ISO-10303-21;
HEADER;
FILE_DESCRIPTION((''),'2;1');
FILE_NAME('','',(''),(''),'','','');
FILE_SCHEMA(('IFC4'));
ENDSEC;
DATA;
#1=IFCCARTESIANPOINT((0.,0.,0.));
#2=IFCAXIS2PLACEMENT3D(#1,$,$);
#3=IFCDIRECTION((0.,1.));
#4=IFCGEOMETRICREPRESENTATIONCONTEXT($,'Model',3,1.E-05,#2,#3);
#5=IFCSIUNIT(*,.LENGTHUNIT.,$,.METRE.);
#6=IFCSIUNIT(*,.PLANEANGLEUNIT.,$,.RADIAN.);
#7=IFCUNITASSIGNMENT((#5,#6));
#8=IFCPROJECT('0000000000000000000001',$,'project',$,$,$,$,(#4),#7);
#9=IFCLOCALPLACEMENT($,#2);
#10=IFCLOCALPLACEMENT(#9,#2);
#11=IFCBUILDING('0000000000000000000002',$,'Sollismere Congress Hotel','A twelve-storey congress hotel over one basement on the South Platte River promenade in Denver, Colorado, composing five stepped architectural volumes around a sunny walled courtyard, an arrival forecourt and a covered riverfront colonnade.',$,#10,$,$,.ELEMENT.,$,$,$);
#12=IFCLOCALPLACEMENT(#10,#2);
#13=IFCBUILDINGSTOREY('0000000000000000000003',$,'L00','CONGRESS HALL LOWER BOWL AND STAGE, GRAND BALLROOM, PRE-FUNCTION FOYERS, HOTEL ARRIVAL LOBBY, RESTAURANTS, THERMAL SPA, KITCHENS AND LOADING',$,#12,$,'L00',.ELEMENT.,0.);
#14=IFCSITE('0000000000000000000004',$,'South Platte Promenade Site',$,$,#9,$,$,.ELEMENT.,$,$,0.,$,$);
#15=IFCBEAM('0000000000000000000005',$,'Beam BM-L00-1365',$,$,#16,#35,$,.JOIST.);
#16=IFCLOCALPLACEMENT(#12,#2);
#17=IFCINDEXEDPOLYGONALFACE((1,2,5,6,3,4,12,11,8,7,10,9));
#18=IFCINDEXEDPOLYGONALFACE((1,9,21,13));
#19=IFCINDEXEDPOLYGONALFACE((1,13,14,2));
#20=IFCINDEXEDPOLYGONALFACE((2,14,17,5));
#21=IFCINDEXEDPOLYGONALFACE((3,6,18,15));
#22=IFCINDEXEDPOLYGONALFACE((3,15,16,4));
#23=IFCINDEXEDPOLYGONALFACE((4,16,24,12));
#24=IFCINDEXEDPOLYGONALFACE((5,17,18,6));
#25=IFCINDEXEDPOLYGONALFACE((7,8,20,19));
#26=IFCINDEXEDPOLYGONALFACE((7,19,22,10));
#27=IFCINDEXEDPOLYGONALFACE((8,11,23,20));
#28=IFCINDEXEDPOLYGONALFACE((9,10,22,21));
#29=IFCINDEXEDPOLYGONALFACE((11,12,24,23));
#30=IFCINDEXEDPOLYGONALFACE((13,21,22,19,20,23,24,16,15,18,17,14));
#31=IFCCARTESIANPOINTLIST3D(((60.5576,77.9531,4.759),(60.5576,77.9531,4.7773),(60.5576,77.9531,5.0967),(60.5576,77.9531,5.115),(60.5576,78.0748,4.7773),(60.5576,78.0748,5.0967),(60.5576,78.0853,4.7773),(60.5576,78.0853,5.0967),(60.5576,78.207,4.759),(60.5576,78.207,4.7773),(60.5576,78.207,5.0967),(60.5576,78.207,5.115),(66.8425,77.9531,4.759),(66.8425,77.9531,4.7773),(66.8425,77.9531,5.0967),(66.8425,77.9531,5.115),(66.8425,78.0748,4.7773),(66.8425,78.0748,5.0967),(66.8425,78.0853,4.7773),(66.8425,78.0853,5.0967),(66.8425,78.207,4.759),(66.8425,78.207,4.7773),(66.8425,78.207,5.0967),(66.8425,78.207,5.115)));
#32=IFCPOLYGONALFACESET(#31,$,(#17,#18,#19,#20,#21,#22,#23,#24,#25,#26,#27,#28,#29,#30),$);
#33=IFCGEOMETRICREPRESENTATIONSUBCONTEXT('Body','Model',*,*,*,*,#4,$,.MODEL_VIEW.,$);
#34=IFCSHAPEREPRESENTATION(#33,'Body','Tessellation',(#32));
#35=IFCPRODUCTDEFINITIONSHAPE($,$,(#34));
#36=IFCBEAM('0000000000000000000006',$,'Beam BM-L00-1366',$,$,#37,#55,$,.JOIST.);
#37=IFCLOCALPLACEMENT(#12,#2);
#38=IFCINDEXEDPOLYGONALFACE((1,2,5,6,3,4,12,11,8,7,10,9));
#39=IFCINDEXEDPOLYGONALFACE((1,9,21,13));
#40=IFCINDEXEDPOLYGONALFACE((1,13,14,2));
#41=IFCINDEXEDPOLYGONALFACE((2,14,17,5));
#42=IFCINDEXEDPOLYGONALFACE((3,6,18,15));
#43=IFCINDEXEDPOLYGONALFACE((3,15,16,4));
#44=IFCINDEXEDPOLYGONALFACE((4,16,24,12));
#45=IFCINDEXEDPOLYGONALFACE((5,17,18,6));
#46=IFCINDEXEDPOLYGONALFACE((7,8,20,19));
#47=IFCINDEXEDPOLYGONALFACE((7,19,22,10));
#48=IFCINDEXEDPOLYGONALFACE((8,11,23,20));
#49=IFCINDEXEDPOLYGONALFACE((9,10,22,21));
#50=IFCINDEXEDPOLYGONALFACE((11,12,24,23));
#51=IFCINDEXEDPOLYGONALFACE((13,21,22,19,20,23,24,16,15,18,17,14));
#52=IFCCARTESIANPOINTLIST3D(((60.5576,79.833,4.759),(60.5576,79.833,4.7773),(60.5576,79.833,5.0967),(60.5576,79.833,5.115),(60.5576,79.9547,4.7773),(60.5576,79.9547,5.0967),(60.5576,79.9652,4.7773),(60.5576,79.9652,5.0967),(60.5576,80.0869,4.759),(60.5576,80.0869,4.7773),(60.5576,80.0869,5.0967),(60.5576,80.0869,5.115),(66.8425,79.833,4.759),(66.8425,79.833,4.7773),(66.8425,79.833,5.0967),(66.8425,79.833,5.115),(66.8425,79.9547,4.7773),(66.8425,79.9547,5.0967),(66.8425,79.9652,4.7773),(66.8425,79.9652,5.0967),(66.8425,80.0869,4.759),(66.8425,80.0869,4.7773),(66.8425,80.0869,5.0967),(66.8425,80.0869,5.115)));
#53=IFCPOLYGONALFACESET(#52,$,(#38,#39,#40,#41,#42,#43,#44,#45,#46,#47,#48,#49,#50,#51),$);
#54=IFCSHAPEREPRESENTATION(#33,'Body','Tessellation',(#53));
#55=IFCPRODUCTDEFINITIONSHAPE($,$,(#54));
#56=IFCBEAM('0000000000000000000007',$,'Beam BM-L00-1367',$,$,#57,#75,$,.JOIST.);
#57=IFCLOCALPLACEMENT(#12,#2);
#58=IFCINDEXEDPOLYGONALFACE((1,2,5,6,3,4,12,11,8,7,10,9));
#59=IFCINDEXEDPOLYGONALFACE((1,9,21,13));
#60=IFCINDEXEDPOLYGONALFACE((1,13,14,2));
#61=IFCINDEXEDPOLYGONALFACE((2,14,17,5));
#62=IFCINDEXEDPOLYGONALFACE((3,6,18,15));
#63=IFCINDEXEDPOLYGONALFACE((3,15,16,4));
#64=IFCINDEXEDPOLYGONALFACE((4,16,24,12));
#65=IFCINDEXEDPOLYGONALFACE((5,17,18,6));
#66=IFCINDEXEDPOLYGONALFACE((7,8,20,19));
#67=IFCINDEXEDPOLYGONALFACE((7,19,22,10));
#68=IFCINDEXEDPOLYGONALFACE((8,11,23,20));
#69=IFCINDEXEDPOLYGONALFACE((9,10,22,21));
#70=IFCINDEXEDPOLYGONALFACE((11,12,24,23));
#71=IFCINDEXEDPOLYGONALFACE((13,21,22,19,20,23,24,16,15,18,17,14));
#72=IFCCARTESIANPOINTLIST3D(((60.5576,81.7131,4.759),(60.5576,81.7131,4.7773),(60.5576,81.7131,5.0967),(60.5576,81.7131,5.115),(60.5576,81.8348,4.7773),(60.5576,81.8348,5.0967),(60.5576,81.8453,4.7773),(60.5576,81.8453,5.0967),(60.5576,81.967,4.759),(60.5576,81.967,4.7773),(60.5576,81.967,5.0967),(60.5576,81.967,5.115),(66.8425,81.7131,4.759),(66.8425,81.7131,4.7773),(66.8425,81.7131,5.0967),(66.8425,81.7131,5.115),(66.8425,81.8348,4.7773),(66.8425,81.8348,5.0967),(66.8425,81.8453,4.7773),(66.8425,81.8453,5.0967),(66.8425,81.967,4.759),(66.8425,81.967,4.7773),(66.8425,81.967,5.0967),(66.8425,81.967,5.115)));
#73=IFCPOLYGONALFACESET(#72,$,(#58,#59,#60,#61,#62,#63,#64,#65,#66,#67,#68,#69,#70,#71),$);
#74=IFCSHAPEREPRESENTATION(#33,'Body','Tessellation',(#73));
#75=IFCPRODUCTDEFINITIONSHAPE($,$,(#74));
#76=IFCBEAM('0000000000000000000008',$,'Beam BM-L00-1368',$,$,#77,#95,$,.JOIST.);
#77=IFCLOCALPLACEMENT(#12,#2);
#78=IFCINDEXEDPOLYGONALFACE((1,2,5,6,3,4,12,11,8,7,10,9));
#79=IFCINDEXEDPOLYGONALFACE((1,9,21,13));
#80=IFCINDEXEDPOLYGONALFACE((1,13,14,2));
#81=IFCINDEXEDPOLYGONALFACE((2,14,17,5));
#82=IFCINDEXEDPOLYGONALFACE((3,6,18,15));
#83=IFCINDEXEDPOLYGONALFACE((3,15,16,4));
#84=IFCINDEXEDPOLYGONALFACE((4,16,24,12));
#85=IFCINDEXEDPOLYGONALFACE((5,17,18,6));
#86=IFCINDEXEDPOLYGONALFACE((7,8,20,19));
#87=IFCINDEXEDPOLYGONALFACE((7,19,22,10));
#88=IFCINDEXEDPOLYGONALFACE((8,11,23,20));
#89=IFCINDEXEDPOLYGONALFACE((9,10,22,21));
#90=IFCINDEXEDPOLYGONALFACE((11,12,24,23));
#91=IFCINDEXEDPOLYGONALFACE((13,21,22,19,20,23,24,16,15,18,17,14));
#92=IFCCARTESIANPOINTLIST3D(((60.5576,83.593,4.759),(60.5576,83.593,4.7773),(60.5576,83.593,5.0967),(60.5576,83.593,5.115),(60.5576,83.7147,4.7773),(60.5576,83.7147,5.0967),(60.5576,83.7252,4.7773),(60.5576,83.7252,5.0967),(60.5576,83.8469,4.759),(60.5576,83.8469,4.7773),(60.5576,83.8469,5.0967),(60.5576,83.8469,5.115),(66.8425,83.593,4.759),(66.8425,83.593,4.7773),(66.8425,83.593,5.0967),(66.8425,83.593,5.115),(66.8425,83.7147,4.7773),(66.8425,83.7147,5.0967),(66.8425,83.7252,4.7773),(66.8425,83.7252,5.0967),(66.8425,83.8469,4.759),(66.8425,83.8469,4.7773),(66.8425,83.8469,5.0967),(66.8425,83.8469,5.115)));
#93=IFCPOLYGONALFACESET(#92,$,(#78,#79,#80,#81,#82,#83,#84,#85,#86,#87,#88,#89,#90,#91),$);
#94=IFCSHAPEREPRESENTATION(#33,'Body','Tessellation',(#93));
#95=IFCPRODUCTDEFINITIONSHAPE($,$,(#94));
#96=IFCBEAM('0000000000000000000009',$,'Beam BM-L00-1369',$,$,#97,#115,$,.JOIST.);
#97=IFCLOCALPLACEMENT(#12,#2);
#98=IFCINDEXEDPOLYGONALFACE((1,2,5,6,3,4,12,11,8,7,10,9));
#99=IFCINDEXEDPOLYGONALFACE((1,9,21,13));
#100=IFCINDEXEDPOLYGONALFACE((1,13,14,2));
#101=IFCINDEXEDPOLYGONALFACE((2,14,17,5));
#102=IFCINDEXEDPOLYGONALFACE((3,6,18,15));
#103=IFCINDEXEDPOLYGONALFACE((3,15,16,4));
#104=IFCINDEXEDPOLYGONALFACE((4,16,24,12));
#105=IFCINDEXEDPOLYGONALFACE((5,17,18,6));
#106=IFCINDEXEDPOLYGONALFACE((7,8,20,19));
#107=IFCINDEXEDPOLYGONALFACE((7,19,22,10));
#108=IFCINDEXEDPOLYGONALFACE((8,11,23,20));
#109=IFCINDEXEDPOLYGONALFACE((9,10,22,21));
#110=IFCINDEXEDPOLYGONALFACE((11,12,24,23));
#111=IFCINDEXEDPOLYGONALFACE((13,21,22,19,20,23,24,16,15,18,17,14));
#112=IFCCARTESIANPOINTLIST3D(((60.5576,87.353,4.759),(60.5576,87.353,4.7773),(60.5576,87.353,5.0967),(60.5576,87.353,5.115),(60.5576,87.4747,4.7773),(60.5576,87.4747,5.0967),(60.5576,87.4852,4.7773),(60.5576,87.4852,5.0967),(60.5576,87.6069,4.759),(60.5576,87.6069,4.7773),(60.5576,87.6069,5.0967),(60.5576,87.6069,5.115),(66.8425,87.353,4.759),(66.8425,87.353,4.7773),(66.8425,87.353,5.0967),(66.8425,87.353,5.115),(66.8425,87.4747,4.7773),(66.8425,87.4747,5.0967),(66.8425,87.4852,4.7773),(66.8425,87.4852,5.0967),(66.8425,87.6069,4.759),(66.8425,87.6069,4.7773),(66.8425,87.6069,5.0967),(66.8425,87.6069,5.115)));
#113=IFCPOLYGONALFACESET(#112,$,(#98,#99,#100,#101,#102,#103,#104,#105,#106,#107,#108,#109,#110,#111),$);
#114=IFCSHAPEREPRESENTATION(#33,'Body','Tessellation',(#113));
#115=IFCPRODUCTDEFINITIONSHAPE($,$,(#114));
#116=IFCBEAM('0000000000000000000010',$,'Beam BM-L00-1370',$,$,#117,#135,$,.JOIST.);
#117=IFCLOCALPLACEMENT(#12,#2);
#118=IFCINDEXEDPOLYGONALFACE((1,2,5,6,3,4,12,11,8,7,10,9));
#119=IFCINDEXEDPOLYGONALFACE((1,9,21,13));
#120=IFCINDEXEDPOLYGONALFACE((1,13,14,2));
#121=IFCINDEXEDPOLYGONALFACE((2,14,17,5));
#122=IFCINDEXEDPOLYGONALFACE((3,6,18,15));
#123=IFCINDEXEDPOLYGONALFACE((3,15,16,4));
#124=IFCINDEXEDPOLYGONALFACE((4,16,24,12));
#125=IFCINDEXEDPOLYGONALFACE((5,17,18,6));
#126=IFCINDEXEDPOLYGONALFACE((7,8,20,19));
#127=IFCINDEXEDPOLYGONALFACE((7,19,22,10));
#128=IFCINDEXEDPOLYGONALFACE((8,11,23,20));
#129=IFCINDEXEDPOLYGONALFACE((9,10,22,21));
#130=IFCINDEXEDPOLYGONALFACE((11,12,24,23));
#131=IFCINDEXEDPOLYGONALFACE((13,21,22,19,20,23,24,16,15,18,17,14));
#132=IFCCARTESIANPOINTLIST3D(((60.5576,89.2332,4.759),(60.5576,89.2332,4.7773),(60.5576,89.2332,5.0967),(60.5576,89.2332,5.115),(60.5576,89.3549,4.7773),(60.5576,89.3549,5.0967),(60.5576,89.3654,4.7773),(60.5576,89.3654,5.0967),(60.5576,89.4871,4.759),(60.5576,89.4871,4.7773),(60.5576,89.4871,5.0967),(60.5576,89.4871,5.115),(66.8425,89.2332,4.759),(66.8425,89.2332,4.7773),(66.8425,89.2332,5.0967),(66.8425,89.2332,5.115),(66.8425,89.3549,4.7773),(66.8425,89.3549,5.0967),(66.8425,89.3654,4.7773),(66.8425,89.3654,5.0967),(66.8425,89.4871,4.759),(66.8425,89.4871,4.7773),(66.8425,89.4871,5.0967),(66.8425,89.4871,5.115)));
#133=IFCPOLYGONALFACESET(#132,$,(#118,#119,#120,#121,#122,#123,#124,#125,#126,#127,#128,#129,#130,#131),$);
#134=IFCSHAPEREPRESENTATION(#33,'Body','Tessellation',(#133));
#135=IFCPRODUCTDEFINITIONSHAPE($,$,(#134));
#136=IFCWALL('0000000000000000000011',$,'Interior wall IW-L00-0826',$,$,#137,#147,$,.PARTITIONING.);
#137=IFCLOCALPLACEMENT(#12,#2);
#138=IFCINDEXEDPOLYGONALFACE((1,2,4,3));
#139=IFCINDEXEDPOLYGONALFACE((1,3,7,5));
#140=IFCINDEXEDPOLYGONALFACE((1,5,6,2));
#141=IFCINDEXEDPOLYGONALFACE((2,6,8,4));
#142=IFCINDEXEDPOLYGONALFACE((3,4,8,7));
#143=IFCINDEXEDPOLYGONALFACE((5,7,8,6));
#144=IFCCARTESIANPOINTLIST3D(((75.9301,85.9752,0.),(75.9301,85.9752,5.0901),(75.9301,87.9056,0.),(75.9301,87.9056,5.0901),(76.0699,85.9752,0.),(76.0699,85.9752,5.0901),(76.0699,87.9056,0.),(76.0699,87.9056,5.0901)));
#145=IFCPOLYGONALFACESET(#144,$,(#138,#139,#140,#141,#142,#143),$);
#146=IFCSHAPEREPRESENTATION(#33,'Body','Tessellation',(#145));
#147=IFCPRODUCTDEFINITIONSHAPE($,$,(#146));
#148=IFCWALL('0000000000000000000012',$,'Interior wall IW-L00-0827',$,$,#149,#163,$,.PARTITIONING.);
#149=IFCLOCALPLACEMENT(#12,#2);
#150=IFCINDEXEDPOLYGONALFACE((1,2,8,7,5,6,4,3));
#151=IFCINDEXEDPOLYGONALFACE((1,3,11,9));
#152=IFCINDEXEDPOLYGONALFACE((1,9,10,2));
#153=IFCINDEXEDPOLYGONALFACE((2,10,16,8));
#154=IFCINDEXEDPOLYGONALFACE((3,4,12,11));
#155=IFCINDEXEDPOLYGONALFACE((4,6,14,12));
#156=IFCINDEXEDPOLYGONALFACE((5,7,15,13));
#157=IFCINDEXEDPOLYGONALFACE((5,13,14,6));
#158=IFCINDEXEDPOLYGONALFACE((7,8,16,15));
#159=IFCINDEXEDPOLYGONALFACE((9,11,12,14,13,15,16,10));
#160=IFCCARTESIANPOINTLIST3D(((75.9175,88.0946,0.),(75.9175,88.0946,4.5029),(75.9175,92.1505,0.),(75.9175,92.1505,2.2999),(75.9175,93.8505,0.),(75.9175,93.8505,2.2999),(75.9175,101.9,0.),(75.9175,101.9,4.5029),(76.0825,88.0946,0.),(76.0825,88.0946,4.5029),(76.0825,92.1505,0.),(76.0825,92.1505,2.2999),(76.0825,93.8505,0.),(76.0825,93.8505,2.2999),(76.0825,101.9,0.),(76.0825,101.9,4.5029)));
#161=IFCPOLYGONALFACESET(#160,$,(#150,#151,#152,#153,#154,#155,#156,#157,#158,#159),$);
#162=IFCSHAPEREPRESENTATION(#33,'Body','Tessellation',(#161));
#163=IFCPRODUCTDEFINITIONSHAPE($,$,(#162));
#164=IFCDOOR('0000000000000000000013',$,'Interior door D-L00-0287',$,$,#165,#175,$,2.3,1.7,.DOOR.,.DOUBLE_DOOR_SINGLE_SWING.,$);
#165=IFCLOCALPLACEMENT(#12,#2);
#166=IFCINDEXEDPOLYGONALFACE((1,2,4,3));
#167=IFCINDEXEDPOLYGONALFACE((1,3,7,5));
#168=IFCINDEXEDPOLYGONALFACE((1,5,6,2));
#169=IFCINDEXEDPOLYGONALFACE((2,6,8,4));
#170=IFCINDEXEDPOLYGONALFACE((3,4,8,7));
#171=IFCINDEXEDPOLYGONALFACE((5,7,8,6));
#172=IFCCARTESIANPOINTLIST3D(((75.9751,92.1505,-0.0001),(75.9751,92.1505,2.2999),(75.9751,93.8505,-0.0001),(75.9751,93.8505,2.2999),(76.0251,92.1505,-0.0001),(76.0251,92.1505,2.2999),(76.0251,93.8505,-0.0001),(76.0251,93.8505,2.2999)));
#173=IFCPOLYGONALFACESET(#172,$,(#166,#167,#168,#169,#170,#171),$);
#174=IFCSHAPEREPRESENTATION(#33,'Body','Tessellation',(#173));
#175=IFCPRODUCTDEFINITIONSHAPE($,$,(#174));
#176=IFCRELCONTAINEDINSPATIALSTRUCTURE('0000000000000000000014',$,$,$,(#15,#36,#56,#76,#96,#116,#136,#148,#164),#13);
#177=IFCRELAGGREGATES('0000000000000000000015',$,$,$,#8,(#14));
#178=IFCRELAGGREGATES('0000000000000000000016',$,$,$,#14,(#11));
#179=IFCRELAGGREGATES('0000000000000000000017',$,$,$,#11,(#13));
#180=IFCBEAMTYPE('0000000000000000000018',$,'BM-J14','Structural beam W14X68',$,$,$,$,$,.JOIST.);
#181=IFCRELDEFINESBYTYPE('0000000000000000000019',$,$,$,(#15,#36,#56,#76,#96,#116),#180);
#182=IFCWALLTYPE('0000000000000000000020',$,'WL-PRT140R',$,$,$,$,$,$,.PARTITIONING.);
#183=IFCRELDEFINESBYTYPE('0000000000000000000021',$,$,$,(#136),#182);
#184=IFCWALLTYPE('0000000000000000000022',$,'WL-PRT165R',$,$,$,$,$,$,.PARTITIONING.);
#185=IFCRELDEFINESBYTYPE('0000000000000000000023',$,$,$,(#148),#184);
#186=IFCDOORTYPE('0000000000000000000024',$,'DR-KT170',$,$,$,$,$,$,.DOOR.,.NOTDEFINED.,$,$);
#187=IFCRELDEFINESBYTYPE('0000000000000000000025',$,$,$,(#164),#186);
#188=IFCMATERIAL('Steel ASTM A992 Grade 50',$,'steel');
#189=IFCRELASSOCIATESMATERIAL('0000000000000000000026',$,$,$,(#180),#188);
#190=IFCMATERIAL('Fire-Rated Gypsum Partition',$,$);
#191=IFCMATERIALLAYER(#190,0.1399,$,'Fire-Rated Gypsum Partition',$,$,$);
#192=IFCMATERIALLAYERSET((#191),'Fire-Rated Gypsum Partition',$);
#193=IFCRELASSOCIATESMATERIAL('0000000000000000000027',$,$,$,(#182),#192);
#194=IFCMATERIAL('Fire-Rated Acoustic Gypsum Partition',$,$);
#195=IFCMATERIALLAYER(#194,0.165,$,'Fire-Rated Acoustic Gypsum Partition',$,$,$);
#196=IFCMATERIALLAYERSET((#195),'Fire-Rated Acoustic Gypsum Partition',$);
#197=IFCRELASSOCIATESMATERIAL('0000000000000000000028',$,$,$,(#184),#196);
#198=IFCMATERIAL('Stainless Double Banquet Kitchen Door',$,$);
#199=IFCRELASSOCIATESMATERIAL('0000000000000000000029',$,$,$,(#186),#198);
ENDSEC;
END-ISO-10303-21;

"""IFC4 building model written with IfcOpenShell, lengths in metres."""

from ifc_helpers import new_model, si_unit, direction, frame, frame_2d, origin, origin_2d, place, context, subcontext, project, spatial, rectangle, i_section, extrude, material, layer, layer_set, material_profile, profile_set, type_object, element, fill, save


model = new_model("IFC4")

# Units and contexts
model_context = context("Model", 3, precision=1e-05, world=origin(), true_north=direction((0.0, 1.0)))
body_context = subcontext(model_context, "Body", "Model", "MODEL_VIEW")
ifc_project = project(units=[si_unit("LENGTHUNIT", "METRE"), si_unit("PLANEANGLEUNIT", "RADIAN")], contexts=[model_context])

# Site, building, storey
site_placement = place(None, origin())
site = spatial("IfcSite", under=ifc_project, at=site_placement, Name="South Platte Promenade Site", CompositionType="ELEMENT", RefElevation=0.0)
building_placement = place(site_placement, origin())
building = spatial("IfcBuilding", under=site, at=building_placement, Name="Sollismere Congress Hotel", Description="A twelve-storey congress hotel over one basement on the South Platte River promenade in Denver, Colorado, composing five stepped architectural volumes around a sunny walled courtyard, an arrival forecourt and a covered riverfront colonnade.", CompositionType="ELEMENT")
storey_placement = place(building_placement, origin())
storey = spatial("IfcBuildingStorey", under=building, at=storey_placement, Name="L00", Description="CONGRESS HALL LOWER BOWL AND STAGE, GRAND BALLROOM, PRE-FUNCTION FOYERS, HOTEL ARRIVAL LOBBY, RESTAURANTS, THERMAL SPA, KITCHENS AND LOADING", LongName="L00", CompositionType="ELEMENT", Elevation=0.0)

# Shared definitions
ifc_material_1 = material(Name="Steel ASTM A992 Grade 50", Category="steel")

# Beams
ifc_material_profile_1 = material_profile(ifc_material_1, i_section(OverallWidth=0.2539, OverallDepth=0.356, WebThickness=0.0105, FlangeThickness=0.0183, at=origin_2d()), Name="W14X68")
ifc_profile_set_1 = profile_set([ifc_material_profile_1], Name="Steel ASTM A992 Grade 50")
beam_type_1 = type_object("IfcBeamType", Name="BM-J14", Description="Structural beam W14X68", PredefinedType="JOIST", material=ifc_profile_set_1)
for number, where, z_axis, x_axis, name in (
    (1, (60.5576, 78.0801, 4.937), (1.0, 0.0, 0.0), (0.0, 1.0, 0.0), "Beam BM-L00-1365"),
    (2, (60.5576, 79.96, 4.937), (1.0, 0.0, 0.0), (0.0, 1.0, 0.0), "Beam BM-L00-1366"),
    (3, (60.5576, 81.8401, 4.937), (1.0, 0.0, 0.0), (0.0, 1.0, 0.0), "Beam BM-L00-1367"),
    (4, (60.5576, 83.72, 4.937), (1.0, 0.0, 0.0), (0.0, 1.0, 0.0), "Beam BM-L00-1368"),
    (5, (60.5576, 87.48, 4.937), (1.0, 0.0, 0.0), (0.0, 1.0, 0.0), "Beam BM-L00-1369"),
    (6, (60.5576, 89.3601, 4.937), (1.0, 0.0, 0.0), (0.0, 1.0, 0.0), "Beam BM-L00-1370"),
):
    element("IfcBeam", number, at=place(storey_placement, frame(where, z_axis=z_axis, x_axis=x_axis)), inside=storey, type_object=beam_type_1, Name=name, PredefinedType="JOIST", context=body_context, shape_type="SweptSolid", body=[
        extrude(i_section(OverallWidth=0.2539, OverallDepth=0.356, WebThickness=0.0105, FlangeThickness=0.0183, at=origin_2d()), origin(), (0.0, 0.0, 1.0), 6.2849),
    ])

# Wall
ifc_material_2 = material(Name="Fire-Rated Gypsum Partition")
ifc_layer_1 = layer(ifc_material_2, 0.1399, Name="Fire-Rated Gypsum Partition")
ifc_layer_set_1 = layer_set([ifc_layer_1], Name="Fire-Rated Gypsum Partition")
wall_type_1 = type_object("IfcWallType", Name="WL-PRT140R", PredefinedType="PARTITIONING", material=ifc_layer_set_1)
wall_1_placement = place(storey_placement, frame((76.0, 85.9751, 0.0), z_axis=(0.0, 0.0, 1.0), x_axis=(0.0, 1.0, 0.0)))
element("IfcWall", 7, at=wall_1_placement, inside=storey, type_object=wall_type_1, Name="Interior wall IW-L00-0826", PredefinedType="PARTITIONING", context=body_context, shape_type="SweptSolid", body=[
    extrude(rectangle(XDim=1.9304, YDim=0.1399, at=frame_2d((0.9653, 0.0))), origin(), (0.0, 0.0, 1.0), 5.0901),
])

# Wall, opening, door
ifc_material_3 = material(Name="Fire-Rated Acoustic Gypsum Partition")
ifc_layer_2 = layer(ifc_material_3, 0.165, Name="Fire-Rated Acoustic Gypsum Partition")
ifc_layer_set_2 = layer_set([ifc_layer_2], Name="Fire-Rated Acoustic Gypsum Partition")
wall_type_2 = type_object("IfcWallType", Name="WL-PRT165R", PredefinedType="PARTITIONING", material=ifc_layer_set_2)
wall_2_placement = place(storey_placement, frame((76.0, 88.0945, 0.0), z_axis=(0.0, 0.0, 1.0), x_axis=(0.0, 1.0, 0.0)))
wall_2 = element("IfcWall", 8, at=wall_2_placement, inside=storey, type_object=wall_type_2, Name="Interior wall IW-L00-0827", PredefinedType="PARTITIONING", context=body_context, shape_type="SweptSolid", body=[
    extrude(rectangle(XDim=13.8054, YDim=0.165, at=frame_2d((6.9028, 0.0))), origin(), (0.0, 0.0, 1.0), 4.5029),
])
opening_1_placement = place(wall_2_placement, frame((4.0559, 0.0, 0.0)))
opening_1 = element("IfcOpeningElement", 9, at=opening_1_placement, cuts=wall_2, PredefinedType="OPENING", context=body_context, shape_type="SweptSolid", body=[
    extrude(rectangle(XDim=1.7, YDim=2.3, at=frame_2d((0.8501, 1.1499))), frame((0.0, 0.0925, 0.0), z_axis=(0.0, -1.0, 0.0), x_axis=(1.0, 0.0, 0.0)), (0.0, 0.0, 1.0), 0.1851),
])
ifc_material_4 = material(Name="Stainless Double Banquet Kitchen Door")
door_type_1 = type_object("IfcDoorType", Name="DR-KT170", OperationType="NOTDEFINED", PredefinedType="DOOR", material=ifc_material_4)
door_1_placement = place(opening_1_placement, origin())
door_1 = element("IfcDoor", 10, at=door_1_placement, inside=storey, type_object=door_type_1, Name="Interior door D-L00-0287", OperationType="DOUBLE_DOOR_SINGLE_SWING", OverallHeight=2.3, OverallWidth=1.7, PredefinedType="DOOR", context=body_context, shape_type="SweptSolid", body=[
    extrude(rectangle(XDim=1.7, YDim=2.3, at=frame_2d((0.8501, 1.1499))), frame((0.0, 0.0249, 0.0), z_axis=(0.0, -1.0, 0.0), x_axis=(1.0, 0.0, 0.0)), (0.0, 0.0, 1.0), 0.05),
])
fill(opening_1, door_1)

save(model, "model.ifc")
